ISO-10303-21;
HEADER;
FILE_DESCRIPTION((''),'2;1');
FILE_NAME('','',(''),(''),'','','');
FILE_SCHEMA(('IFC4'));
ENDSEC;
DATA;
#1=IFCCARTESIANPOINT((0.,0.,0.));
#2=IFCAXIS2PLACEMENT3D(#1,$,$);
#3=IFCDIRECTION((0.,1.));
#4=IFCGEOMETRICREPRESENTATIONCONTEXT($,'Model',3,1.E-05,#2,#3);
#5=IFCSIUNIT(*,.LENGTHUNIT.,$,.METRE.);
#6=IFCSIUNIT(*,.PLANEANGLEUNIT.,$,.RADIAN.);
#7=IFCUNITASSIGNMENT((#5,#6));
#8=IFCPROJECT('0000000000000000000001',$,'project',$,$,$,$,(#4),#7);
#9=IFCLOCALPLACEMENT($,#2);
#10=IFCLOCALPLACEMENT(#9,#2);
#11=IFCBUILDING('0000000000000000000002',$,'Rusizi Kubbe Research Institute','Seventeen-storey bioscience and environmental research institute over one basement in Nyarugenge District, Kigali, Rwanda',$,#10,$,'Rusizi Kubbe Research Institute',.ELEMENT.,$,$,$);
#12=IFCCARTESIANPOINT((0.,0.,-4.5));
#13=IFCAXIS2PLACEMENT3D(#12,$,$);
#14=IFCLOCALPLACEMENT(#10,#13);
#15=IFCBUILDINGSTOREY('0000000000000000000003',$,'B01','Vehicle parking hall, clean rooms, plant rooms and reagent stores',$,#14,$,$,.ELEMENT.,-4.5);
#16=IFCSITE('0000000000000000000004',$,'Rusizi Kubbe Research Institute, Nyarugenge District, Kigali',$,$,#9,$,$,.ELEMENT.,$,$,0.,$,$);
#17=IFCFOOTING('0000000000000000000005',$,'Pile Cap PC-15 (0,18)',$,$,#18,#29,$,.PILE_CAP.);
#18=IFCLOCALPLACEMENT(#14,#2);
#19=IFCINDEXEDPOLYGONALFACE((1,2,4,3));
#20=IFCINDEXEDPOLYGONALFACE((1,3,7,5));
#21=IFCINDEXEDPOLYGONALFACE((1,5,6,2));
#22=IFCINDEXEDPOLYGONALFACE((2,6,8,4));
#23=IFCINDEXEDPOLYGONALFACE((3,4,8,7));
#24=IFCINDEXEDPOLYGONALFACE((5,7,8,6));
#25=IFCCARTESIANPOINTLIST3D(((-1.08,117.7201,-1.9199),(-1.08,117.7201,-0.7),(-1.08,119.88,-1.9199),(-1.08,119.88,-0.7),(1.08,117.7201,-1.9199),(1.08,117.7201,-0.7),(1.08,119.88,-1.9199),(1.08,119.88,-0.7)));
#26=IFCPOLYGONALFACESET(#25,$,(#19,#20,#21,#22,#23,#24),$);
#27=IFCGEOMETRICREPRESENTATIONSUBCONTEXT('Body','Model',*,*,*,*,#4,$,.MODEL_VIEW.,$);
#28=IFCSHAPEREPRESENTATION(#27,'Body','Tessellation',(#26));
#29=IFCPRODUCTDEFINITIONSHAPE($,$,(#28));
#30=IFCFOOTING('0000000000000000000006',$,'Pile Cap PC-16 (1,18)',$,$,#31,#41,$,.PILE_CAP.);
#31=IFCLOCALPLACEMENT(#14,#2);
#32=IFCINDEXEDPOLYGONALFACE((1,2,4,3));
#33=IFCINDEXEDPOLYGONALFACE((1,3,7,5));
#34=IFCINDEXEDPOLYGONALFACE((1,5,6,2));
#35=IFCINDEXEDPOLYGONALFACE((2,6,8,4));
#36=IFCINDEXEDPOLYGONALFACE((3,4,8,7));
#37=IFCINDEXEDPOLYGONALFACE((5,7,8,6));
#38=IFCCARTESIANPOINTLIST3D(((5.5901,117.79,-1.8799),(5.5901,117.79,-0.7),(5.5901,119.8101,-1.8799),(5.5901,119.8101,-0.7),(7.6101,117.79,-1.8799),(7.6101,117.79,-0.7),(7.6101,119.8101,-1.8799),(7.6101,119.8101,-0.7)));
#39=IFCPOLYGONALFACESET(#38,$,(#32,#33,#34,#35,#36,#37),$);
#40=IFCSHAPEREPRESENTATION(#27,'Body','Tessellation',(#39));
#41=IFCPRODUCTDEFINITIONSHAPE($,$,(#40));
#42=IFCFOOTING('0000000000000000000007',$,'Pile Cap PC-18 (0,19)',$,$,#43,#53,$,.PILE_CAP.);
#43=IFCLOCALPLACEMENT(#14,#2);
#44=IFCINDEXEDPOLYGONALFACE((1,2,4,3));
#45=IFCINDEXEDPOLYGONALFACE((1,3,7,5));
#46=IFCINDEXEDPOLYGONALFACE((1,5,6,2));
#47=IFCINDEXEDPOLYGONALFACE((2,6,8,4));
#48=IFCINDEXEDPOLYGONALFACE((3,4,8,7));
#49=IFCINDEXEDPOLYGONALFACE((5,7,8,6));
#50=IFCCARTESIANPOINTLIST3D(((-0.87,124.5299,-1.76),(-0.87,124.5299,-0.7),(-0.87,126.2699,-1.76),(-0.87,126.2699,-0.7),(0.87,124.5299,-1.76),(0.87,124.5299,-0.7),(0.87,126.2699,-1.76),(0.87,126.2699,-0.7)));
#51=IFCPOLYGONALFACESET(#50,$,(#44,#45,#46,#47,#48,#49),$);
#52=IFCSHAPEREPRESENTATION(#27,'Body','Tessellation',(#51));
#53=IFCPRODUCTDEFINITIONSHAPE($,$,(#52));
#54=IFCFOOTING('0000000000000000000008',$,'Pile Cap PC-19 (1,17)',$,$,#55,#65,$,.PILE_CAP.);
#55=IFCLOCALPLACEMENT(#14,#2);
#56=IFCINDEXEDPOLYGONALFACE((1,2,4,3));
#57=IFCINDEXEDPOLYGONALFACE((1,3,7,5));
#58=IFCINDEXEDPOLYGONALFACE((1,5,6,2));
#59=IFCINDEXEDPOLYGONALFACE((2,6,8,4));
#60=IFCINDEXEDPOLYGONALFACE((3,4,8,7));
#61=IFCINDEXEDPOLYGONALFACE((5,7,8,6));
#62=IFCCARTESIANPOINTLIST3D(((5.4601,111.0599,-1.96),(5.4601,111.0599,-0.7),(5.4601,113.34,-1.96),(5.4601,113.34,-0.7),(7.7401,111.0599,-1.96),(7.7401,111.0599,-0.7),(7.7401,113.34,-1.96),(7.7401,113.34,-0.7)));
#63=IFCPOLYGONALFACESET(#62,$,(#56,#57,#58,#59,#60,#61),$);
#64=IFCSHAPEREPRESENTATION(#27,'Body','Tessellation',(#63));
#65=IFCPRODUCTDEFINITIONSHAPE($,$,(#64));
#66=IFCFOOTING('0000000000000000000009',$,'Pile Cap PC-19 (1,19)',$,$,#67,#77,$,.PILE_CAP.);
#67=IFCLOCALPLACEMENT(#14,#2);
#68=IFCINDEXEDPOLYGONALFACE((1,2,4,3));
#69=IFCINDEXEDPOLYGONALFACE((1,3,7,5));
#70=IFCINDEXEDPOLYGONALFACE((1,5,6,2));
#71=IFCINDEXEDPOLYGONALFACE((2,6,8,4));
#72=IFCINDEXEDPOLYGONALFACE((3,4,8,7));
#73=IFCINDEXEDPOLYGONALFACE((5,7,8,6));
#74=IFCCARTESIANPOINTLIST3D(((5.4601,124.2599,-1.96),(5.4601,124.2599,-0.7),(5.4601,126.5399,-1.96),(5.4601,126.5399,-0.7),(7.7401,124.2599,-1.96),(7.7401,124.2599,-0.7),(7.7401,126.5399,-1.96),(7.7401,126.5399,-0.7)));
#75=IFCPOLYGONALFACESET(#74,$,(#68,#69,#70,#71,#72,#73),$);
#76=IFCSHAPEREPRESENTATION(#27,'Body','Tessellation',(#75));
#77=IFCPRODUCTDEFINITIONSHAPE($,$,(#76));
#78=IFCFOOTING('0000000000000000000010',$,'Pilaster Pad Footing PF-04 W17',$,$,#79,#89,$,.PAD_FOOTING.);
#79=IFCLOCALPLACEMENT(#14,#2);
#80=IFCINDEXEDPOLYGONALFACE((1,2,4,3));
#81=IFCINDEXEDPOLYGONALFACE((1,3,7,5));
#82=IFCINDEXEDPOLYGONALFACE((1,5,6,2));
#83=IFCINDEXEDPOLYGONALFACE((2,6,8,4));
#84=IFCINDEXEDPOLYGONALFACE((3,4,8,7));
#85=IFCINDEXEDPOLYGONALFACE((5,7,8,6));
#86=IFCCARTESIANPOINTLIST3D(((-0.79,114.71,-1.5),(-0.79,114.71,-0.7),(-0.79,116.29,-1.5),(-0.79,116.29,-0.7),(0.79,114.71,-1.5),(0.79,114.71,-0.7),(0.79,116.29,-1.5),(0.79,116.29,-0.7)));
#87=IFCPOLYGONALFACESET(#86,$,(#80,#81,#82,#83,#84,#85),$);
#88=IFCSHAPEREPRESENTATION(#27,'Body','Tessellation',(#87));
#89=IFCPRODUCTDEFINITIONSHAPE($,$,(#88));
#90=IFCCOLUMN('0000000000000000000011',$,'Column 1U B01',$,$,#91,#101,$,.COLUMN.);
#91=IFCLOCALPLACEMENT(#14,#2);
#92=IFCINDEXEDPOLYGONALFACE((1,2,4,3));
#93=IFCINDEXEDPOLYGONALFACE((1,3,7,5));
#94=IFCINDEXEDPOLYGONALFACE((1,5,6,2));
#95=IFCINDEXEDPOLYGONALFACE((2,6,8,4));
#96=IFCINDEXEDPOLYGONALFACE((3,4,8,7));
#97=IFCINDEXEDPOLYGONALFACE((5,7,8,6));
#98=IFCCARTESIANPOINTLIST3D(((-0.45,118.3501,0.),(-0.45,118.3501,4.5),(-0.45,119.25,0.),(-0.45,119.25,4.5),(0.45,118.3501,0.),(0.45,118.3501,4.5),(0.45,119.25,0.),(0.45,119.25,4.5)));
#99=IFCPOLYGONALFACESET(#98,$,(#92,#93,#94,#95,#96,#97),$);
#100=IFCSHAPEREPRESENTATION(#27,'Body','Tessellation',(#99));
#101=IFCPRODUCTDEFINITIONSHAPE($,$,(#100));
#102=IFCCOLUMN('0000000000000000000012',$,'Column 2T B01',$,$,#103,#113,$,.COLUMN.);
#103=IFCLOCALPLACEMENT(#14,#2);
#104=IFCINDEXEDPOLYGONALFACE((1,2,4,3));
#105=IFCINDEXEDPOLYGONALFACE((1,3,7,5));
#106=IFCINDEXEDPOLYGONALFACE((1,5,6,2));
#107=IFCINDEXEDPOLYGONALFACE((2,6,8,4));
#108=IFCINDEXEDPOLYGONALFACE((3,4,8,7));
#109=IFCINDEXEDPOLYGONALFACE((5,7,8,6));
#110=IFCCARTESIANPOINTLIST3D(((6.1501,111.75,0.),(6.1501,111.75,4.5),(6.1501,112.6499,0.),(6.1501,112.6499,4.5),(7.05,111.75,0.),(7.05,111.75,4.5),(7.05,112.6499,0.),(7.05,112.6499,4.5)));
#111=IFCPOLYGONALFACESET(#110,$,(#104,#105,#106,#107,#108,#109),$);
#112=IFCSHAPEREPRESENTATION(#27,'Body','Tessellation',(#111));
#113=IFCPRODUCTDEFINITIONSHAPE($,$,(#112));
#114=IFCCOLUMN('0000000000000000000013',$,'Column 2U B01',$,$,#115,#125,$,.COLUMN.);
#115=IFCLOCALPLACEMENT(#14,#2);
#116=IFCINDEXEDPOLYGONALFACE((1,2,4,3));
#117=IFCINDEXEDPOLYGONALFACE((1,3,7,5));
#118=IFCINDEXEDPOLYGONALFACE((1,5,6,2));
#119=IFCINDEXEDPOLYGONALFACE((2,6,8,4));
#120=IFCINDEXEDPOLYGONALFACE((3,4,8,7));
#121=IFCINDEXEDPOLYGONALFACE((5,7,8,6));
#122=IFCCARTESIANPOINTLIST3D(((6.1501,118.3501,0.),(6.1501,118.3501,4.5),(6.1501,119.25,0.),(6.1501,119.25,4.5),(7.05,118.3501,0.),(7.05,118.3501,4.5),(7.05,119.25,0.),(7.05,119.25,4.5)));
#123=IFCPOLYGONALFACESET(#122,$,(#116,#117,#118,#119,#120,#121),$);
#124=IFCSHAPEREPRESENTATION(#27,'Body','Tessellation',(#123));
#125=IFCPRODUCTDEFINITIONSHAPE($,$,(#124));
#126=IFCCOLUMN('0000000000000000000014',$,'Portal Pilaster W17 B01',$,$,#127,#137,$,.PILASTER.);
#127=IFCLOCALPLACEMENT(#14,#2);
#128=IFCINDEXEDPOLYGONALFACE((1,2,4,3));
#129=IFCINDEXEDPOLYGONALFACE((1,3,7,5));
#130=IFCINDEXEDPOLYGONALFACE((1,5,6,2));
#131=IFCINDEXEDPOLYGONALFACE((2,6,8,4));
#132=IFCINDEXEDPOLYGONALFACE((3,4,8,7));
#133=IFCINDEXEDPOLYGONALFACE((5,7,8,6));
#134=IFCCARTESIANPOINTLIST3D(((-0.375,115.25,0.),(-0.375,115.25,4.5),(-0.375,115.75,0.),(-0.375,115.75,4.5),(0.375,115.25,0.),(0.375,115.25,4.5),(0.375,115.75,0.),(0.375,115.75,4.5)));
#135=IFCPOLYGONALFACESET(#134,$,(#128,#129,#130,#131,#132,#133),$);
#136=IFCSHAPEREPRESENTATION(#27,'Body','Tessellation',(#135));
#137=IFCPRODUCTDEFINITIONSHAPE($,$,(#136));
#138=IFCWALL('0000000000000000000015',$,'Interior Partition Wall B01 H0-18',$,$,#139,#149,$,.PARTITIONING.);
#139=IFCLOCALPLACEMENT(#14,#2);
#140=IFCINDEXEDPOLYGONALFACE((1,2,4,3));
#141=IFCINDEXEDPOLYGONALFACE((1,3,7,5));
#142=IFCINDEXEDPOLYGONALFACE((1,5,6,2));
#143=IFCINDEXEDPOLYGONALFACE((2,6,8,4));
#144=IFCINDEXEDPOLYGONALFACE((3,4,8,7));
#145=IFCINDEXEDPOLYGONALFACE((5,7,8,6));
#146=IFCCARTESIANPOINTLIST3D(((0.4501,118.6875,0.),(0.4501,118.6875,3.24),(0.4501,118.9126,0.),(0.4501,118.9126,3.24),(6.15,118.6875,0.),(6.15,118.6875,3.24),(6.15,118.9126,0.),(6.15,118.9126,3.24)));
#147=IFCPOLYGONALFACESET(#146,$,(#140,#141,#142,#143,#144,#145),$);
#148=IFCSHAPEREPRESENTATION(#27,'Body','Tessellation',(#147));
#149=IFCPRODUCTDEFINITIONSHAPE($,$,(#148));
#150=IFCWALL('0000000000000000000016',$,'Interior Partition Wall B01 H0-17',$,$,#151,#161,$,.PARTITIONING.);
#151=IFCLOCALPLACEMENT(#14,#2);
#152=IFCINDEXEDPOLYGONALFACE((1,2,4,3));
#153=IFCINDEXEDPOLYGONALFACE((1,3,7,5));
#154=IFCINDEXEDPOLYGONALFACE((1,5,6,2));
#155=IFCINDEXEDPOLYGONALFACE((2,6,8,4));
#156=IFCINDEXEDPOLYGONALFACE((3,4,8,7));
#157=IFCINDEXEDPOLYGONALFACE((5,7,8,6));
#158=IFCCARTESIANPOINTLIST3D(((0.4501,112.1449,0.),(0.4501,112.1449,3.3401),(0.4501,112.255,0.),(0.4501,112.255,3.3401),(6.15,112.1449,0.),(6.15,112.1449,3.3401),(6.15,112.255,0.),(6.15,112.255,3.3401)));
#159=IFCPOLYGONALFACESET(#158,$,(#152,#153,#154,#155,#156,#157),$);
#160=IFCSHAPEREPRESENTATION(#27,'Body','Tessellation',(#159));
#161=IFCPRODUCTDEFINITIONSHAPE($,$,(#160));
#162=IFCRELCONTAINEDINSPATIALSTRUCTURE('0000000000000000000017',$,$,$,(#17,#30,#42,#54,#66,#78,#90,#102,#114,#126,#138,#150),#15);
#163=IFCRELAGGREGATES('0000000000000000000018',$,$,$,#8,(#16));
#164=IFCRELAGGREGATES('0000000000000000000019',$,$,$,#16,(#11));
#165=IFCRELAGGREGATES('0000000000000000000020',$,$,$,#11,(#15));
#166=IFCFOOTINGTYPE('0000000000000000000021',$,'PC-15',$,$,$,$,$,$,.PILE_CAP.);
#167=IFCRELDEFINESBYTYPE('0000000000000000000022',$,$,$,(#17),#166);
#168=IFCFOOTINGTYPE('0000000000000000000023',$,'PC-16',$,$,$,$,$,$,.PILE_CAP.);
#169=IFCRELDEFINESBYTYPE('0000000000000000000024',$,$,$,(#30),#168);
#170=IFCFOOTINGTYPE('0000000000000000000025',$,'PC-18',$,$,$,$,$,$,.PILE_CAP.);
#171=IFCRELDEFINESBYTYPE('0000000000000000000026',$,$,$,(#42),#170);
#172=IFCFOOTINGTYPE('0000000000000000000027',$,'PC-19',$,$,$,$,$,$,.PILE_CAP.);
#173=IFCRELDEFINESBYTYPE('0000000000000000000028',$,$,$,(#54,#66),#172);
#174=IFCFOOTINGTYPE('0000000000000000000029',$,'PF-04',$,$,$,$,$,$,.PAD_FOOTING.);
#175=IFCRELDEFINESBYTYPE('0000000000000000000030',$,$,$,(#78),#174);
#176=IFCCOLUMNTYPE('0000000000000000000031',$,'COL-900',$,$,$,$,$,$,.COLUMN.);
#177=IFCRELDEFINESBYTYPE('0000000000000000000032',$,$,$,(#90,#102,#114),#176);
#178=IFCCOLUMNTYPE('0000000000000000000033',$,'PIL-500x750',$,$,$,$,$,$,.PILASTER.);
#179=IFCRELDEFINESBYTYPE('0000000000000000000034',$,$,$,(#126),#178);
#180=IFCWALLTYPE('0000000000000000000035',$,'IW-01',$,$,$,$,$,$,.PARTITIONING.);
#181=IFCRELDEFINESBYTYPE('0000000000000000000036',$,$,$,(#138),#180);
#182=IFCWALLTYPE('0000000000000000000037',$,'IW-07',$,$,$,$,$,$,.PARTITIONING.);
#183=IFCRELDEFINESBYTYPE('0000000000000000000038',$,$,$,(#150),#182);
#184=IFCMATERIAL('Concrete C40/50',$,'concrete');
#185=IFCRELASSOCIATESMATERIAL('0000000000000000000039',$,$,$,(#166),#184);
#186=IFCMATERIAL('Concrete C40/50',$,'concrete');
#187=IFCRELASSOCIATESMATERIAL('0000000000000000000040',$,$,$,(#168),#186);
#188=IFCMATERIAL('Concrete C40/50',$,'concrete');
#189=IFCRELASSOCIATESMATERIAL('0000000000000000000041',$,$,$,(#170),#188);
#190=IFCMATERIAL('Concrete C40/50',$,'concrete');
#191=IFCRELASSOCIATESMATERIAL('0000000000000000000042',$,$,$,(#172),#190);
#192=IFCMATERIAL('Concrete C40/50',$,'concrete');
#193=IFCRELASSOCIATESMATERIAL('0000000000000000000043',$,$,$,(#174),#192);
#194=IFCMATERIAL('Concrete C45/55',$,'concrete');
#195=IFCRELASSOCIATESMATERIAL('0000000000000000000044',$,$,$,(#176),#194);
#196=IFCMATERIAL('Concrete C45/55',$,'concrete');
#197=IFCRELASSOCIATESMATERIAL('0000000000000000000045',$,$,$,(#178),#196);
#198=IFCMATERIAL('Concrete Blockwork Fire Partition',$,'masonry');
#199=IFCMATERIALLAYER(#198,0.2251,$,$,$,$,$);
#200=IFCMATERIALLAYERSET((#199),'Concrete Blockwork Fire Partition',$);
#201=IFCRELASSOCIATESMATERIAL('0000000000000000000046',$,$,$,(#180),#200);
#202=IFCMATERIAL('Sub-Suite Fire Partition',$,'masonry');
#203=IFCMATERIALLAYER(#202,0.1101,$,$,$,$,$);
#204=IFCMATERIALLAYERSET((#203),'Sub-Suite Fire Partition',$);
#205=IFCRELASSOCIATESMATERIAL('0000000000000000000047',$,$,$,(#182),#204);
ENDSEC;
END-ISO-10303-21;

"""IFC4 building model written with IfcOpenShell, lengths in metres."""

from ifc_helpers import new_model, si_unit, direction, frame, frame_2d, origin, origin_2d, place, context, subcontext, project, spatial, rectangle, extrude, material, layer, layer_set, material_profile, profile_set, type_object, element, save


model = new_model("IFC4")

# Units and contexts
model_context = context("Model", 3, precision=1e-05, world=origin(), true_north=direction((0.0, 1.0)))
body_context = subcontext(model_context, "Body", "Model", "MODEL_VIEW")
ifc_project = project(units=[si_unit("LENGTHUNIT", "METRE"), si_unit("PLANEANGLEUNIT", "RADIAN")], contexts=[model_context])

# Site, building, storey
site_placement = place(None, origin())
site = spatial("IfcSite", under=ifc_project, at=site_placement, Name="Rusizi Kubbe Research Institute, Nyarugenge District, Kigali", CompositionType="ELEMENT", RefElevation=0.0)
building_placement = place(site_placement, origin())
building = spatial("IfcBuilding", under=site, at=building_placement, Name="Rusizi Kubbe Research Institute", Description="Seventeen-storey bioscience and environmental research institute over one basement in Nyarugenge District, Kigali, Rwanda", LongName="Rusizi Kubbe Research Institute", CompositionType="ELEMENT")
storey_placement = place(building_placement, frame((0.0, 0.0, -4.5)))
storey = spatial("IfcBuildingStorey", under=building, at=storey_placement, Name="B01", Description="Vehicle parking hall, clean rooms, plant rooms and reagent stores", CompositionType="ELEMENT", Elevation=-4.5)

# Footings
ifc_material_1 = material(Name="Concrete C40/50", Category="concrete")
footing_type_1 = type_object("IfcFootingType", Name="PC-15", PredefinedType="PILE_CAP", material=ifc_material_1)
footing_1_placement = place(storey_placement, frame((0.0, 118.8, -1.9199), z_axis=(0.0, 0.0, 1.0), x_axis=(1.0, 0.0, 0.0)))
element("IfcFooting", 1, at=footing_1_placement, inside=storey, type_object=footing_type_1, Name="Pile Cap PC-15 (0,18)", PredefinedType="PILE_CAP", context=body_context, shape_type="SweptSolid", body=[
    extrude(rectangle(XDim=2.1599, YDim=2.1599, at=origin_2d()), origin(), (0.0, 0.0, 1.0), 1.22),
])
ifc_material_2 = material(Name="Concrete C40/50", Category="concrete")
footing_type_2 = type_object("IfcFootingType", Name="PC-16", PredefinedType="PILE_CAP", material=ifc_material_2)
footing_2_placement = place(storey_placement, frame((6.6001, 118.8, -1.8799), z_axis=(0.0, 0.0, 1.0), x_axis=(1.0, 0.0, 0.0)))
element("IfcFooting", 2, at=footing_2_placement, inside=storey, type_object=footing_type_2, Name="Pile Cap PC-16 (1,18)", PredefinedType="PILE_CAP", context=body_context, shape_type="SweptSolid", body=[
    extrude(rectangle(XDim=2.02, YDim=2.02, at=origin_2d()), origin(), (0.0, 0.0, 1.0), 1.1799),
])
ifc_material_3 = material(Name="Concrete C40/50", Category="concrete")
footing_type_3 = type_object("IfcFootingType", Name="PC-18", PredefinedType="PILE_CAP", material=ifc_material_3)
footing_3_placement = place(storey_placement, frame((0.0, 125.3999, -1.76), z_axis=(0.0, 0.0, 1.0), x_axis=(1.0, 0.0, 0.0)))
element("IfcFooting", 3, at=footing_3_placement, inside=storey, type_object=footing_type_3, Name="Pile Cap PC-18 (0,19)", PredefinedType="PILE_CAP", context=body_context, shape_type="SweptSolid", body=[
    extrude(rectangle(XDim=1.74, YDim=1.74, at=origin_2d()), origin(), (0.0, 0.0, 1.0), 1.0601),
])
ifc_material_4 = material(Name="Concrete C40/50", Category="concrete")
footing_type_4 = type_object("IfcFootingType", Name="PC-19", PredefinedType="PILE_CAP", material=ifc_material_4)
for number, where, z_axis, x_axis, name in (
    (4, (6.6001, 112.2, -1.96), (0.0, 0.0, 1.0), (1.0, 0.0, 0.0), "Pile Cap PC-19 (1,17)"),
    (5, (6.6001, 125.3999, -1.96), (0.0, 0.0, 1.0), (1.0, 0.0, 0.0), "Pile Cap PC-19 (1,19)"),
):
    element("IfcFooting", number, at=place(storey_placement, frame(where, z_axis=z_axis, x_axis=x_axis)), inside=storey, type_object=footing_type_4, Name=name, PredefinedType="PILE_CAP", context=body_context, shape_type="SweptSolid", body=[
        extrude(rectangle(XDim=2.28, YDim=2.28, at=origin_2d()), origin(), (0.0, 0.0, 1.0), 1.26),
    ])
ifc_material_5 = material(Name="Concrete C40/50", Category="concrete")
footing_type_5 = type_object("IfcFootingType", Name="PF-04", PredefinedType="PAD_FOOTING", material=ifc_material_5)
footing_4_placement = place(storey_placement, frame((0.0, 115.5, -1.5), z_axis=(0.0, 0.0, 1.0), x_axis=(1.0, 0.0, 0.0)))
element("IfcFooting", 6, at=footing_4_placement, inside=storey, type_object=footing_type_5, Name="Pilaster Pad Footing PF-04 W17", PredefinedType="PAD_FOOTING", context=body_context, shape_type="SweptSolid", body=[
    extrude(rectangle(XDim=1.5801, YDim=1.5801, at=origin_2d()), origin(), (0.0, 0.0, 1.0), 0.8),
])

# Columns
ifc_material_6 = material(Name="Concrete C45/55", Category="concrete")
ifc_material_profile_1 = material_profile(ifc_material_6, rectangle(XDim=0.8999, YDim=0.8999, at=origin_2d()), Name="RC900x900")
ifc_profile_set_1 = profile_set([ifc_material_profile_1], Name="Concrete C45/55")
column_type_1 = type_object("IfcColumnType", Name="COL-900", PredefinedType="COLUMN", material=ifc_profile_set_1)
for number, where, z_axis, x_axis, name in (
    (7, (0.0, 118.8, 0.0), (0.0, 0.0, 1.0), (1.0, 0.0, 0.0), "Column 1U B01"),
    (8, (6.6001, 112.2, 0.0), (0.0, 0.0, 1.0), (1.0, 0.0, 0.0), "Column 2T B01"),
    (9, (6.6001, 118.8, 0.0), (0.0, 0.0, 1.0), (1.0, 0.0, 0.0), "Column 2U B01"),
):
    element("IfcColumn", number, at=place(storey_placement, frame(where, z_axis=z_axis, x_axis=x_axis)), inside=storey, type_object=column_type_1, Name=name, PredefinedType="COLUMN", context=body_context, shape_type="SweptSolid", body=[
        extrude(rectangle(XDim=0.8999, YDim=0.8999, at=origin_2d()), origin(), (0.0, 0.0, 1.0), 4.5),
    ])
ifc_material_7 = material(Name="Concrete C45/55", Category="concrete")
ifc_material_profile_2 = material_profile(ifc_material_7, rectangle(XDim=0.5, YDim=0.75, at=origin_2d()), Name="RC500x750")
ifc_profile_set_2 = profile_set([ifc_material_profile_2], Name="Concrete C45/55")
column_type_2 = type_object("IfcColumnType", Name="PIL-500x750", PredefinedType="PILASTER", material=ifc_profile_set_2)
column_placement = place(storey_placement, frame((0.0, 115.5, 0.0), z_axis=(0.0, 0.0, 1.0), x_axis=(0.0, 1.0, 0.0)))
element("IfcColumn", 10, at=column_placement, inside=storey, type_object=column_type_2, Name="Portal Pilaster W17 B01", PredefinedType="PILASTER", context=body_context, shape_type="SweptSolid", body=[
    extrude(rectangle(XDim=0.5, YDim=0.75, at=origin_2d()), origin(), (0.0, 0.0, 1.0), 4.5),
])

# Wall
ifc_material_8 = material(Name="Concrete Blockwork Fire Partition", Category="masonry")
ifc_layer_1 = layer(ifc_material_8, 0.2251)
ifc_layer_set_1 = layer_set([ifc_layer_1], Name="Concrete Blockwork Fire Partition")
wall_type_1 = type_object("IfcWallType", Name="IW-01", PredefinedType="PARTITIONING", material=ifc_layer_set_1)
wall_1_placement = place(storey_placement, frame((0.45, 118.8, 0.0), z_axis=(0.0, 0.0, 1.0), x_axis=(1.0, 0.0, 0.0)))
element("IfcWall", 11, at=wall_1_placement, inside=storey, type_object=wall_type_1, Name="Interior Partition Wall B01 H0-18", PredefinedType="PARTITIONING", context=body_context, shape_type="SweptSolid", body=[
    extrude(rectangle(XDim=5.7, YDim=0.2251, at=frame_2d((2.8501, 0.0))), origin(), (0.0, 0.0, 1.0), 3.24),
])

# Wall
ifc_material_9 = material(Name="Sub-Suite Fire Partition", Category="masonry")
ifc_layer_2 = layer(ifc_material_9, 0.1101)
ifc_layer_set_2 = layer_set([ifc_layer_2], Name="Sub-Suite Fire Partition")
wall_type_2 = type_object("IfcWallType", Name="IW-07", PredefinedType="PARTITIONING", material=ifc_layer_set_2)
wall_2_placement = place(storey_placement, frame((0.45, 112.2, 0.0), z_axis=(0.0, 0.0, 1.0), x_axis=(1.0, 0.0, 0.0)))
element("IfcWall", 12, at=wall_2_placement, inside=storey, type_object=wall_type_2, Name="Interior Partition Wall B01 H0-17", PredefinedType="PARTITIONING", context=body_context, shape_type="SweptSolid", body=[
    extrude(rectangle(XDim=5.7, YDim=0.1101, at=frame_2d((2.8501, 0.0))), origin(), (0.0, 0.0, 1.0), 3.3401),
])

save(model, "model.ifc")
